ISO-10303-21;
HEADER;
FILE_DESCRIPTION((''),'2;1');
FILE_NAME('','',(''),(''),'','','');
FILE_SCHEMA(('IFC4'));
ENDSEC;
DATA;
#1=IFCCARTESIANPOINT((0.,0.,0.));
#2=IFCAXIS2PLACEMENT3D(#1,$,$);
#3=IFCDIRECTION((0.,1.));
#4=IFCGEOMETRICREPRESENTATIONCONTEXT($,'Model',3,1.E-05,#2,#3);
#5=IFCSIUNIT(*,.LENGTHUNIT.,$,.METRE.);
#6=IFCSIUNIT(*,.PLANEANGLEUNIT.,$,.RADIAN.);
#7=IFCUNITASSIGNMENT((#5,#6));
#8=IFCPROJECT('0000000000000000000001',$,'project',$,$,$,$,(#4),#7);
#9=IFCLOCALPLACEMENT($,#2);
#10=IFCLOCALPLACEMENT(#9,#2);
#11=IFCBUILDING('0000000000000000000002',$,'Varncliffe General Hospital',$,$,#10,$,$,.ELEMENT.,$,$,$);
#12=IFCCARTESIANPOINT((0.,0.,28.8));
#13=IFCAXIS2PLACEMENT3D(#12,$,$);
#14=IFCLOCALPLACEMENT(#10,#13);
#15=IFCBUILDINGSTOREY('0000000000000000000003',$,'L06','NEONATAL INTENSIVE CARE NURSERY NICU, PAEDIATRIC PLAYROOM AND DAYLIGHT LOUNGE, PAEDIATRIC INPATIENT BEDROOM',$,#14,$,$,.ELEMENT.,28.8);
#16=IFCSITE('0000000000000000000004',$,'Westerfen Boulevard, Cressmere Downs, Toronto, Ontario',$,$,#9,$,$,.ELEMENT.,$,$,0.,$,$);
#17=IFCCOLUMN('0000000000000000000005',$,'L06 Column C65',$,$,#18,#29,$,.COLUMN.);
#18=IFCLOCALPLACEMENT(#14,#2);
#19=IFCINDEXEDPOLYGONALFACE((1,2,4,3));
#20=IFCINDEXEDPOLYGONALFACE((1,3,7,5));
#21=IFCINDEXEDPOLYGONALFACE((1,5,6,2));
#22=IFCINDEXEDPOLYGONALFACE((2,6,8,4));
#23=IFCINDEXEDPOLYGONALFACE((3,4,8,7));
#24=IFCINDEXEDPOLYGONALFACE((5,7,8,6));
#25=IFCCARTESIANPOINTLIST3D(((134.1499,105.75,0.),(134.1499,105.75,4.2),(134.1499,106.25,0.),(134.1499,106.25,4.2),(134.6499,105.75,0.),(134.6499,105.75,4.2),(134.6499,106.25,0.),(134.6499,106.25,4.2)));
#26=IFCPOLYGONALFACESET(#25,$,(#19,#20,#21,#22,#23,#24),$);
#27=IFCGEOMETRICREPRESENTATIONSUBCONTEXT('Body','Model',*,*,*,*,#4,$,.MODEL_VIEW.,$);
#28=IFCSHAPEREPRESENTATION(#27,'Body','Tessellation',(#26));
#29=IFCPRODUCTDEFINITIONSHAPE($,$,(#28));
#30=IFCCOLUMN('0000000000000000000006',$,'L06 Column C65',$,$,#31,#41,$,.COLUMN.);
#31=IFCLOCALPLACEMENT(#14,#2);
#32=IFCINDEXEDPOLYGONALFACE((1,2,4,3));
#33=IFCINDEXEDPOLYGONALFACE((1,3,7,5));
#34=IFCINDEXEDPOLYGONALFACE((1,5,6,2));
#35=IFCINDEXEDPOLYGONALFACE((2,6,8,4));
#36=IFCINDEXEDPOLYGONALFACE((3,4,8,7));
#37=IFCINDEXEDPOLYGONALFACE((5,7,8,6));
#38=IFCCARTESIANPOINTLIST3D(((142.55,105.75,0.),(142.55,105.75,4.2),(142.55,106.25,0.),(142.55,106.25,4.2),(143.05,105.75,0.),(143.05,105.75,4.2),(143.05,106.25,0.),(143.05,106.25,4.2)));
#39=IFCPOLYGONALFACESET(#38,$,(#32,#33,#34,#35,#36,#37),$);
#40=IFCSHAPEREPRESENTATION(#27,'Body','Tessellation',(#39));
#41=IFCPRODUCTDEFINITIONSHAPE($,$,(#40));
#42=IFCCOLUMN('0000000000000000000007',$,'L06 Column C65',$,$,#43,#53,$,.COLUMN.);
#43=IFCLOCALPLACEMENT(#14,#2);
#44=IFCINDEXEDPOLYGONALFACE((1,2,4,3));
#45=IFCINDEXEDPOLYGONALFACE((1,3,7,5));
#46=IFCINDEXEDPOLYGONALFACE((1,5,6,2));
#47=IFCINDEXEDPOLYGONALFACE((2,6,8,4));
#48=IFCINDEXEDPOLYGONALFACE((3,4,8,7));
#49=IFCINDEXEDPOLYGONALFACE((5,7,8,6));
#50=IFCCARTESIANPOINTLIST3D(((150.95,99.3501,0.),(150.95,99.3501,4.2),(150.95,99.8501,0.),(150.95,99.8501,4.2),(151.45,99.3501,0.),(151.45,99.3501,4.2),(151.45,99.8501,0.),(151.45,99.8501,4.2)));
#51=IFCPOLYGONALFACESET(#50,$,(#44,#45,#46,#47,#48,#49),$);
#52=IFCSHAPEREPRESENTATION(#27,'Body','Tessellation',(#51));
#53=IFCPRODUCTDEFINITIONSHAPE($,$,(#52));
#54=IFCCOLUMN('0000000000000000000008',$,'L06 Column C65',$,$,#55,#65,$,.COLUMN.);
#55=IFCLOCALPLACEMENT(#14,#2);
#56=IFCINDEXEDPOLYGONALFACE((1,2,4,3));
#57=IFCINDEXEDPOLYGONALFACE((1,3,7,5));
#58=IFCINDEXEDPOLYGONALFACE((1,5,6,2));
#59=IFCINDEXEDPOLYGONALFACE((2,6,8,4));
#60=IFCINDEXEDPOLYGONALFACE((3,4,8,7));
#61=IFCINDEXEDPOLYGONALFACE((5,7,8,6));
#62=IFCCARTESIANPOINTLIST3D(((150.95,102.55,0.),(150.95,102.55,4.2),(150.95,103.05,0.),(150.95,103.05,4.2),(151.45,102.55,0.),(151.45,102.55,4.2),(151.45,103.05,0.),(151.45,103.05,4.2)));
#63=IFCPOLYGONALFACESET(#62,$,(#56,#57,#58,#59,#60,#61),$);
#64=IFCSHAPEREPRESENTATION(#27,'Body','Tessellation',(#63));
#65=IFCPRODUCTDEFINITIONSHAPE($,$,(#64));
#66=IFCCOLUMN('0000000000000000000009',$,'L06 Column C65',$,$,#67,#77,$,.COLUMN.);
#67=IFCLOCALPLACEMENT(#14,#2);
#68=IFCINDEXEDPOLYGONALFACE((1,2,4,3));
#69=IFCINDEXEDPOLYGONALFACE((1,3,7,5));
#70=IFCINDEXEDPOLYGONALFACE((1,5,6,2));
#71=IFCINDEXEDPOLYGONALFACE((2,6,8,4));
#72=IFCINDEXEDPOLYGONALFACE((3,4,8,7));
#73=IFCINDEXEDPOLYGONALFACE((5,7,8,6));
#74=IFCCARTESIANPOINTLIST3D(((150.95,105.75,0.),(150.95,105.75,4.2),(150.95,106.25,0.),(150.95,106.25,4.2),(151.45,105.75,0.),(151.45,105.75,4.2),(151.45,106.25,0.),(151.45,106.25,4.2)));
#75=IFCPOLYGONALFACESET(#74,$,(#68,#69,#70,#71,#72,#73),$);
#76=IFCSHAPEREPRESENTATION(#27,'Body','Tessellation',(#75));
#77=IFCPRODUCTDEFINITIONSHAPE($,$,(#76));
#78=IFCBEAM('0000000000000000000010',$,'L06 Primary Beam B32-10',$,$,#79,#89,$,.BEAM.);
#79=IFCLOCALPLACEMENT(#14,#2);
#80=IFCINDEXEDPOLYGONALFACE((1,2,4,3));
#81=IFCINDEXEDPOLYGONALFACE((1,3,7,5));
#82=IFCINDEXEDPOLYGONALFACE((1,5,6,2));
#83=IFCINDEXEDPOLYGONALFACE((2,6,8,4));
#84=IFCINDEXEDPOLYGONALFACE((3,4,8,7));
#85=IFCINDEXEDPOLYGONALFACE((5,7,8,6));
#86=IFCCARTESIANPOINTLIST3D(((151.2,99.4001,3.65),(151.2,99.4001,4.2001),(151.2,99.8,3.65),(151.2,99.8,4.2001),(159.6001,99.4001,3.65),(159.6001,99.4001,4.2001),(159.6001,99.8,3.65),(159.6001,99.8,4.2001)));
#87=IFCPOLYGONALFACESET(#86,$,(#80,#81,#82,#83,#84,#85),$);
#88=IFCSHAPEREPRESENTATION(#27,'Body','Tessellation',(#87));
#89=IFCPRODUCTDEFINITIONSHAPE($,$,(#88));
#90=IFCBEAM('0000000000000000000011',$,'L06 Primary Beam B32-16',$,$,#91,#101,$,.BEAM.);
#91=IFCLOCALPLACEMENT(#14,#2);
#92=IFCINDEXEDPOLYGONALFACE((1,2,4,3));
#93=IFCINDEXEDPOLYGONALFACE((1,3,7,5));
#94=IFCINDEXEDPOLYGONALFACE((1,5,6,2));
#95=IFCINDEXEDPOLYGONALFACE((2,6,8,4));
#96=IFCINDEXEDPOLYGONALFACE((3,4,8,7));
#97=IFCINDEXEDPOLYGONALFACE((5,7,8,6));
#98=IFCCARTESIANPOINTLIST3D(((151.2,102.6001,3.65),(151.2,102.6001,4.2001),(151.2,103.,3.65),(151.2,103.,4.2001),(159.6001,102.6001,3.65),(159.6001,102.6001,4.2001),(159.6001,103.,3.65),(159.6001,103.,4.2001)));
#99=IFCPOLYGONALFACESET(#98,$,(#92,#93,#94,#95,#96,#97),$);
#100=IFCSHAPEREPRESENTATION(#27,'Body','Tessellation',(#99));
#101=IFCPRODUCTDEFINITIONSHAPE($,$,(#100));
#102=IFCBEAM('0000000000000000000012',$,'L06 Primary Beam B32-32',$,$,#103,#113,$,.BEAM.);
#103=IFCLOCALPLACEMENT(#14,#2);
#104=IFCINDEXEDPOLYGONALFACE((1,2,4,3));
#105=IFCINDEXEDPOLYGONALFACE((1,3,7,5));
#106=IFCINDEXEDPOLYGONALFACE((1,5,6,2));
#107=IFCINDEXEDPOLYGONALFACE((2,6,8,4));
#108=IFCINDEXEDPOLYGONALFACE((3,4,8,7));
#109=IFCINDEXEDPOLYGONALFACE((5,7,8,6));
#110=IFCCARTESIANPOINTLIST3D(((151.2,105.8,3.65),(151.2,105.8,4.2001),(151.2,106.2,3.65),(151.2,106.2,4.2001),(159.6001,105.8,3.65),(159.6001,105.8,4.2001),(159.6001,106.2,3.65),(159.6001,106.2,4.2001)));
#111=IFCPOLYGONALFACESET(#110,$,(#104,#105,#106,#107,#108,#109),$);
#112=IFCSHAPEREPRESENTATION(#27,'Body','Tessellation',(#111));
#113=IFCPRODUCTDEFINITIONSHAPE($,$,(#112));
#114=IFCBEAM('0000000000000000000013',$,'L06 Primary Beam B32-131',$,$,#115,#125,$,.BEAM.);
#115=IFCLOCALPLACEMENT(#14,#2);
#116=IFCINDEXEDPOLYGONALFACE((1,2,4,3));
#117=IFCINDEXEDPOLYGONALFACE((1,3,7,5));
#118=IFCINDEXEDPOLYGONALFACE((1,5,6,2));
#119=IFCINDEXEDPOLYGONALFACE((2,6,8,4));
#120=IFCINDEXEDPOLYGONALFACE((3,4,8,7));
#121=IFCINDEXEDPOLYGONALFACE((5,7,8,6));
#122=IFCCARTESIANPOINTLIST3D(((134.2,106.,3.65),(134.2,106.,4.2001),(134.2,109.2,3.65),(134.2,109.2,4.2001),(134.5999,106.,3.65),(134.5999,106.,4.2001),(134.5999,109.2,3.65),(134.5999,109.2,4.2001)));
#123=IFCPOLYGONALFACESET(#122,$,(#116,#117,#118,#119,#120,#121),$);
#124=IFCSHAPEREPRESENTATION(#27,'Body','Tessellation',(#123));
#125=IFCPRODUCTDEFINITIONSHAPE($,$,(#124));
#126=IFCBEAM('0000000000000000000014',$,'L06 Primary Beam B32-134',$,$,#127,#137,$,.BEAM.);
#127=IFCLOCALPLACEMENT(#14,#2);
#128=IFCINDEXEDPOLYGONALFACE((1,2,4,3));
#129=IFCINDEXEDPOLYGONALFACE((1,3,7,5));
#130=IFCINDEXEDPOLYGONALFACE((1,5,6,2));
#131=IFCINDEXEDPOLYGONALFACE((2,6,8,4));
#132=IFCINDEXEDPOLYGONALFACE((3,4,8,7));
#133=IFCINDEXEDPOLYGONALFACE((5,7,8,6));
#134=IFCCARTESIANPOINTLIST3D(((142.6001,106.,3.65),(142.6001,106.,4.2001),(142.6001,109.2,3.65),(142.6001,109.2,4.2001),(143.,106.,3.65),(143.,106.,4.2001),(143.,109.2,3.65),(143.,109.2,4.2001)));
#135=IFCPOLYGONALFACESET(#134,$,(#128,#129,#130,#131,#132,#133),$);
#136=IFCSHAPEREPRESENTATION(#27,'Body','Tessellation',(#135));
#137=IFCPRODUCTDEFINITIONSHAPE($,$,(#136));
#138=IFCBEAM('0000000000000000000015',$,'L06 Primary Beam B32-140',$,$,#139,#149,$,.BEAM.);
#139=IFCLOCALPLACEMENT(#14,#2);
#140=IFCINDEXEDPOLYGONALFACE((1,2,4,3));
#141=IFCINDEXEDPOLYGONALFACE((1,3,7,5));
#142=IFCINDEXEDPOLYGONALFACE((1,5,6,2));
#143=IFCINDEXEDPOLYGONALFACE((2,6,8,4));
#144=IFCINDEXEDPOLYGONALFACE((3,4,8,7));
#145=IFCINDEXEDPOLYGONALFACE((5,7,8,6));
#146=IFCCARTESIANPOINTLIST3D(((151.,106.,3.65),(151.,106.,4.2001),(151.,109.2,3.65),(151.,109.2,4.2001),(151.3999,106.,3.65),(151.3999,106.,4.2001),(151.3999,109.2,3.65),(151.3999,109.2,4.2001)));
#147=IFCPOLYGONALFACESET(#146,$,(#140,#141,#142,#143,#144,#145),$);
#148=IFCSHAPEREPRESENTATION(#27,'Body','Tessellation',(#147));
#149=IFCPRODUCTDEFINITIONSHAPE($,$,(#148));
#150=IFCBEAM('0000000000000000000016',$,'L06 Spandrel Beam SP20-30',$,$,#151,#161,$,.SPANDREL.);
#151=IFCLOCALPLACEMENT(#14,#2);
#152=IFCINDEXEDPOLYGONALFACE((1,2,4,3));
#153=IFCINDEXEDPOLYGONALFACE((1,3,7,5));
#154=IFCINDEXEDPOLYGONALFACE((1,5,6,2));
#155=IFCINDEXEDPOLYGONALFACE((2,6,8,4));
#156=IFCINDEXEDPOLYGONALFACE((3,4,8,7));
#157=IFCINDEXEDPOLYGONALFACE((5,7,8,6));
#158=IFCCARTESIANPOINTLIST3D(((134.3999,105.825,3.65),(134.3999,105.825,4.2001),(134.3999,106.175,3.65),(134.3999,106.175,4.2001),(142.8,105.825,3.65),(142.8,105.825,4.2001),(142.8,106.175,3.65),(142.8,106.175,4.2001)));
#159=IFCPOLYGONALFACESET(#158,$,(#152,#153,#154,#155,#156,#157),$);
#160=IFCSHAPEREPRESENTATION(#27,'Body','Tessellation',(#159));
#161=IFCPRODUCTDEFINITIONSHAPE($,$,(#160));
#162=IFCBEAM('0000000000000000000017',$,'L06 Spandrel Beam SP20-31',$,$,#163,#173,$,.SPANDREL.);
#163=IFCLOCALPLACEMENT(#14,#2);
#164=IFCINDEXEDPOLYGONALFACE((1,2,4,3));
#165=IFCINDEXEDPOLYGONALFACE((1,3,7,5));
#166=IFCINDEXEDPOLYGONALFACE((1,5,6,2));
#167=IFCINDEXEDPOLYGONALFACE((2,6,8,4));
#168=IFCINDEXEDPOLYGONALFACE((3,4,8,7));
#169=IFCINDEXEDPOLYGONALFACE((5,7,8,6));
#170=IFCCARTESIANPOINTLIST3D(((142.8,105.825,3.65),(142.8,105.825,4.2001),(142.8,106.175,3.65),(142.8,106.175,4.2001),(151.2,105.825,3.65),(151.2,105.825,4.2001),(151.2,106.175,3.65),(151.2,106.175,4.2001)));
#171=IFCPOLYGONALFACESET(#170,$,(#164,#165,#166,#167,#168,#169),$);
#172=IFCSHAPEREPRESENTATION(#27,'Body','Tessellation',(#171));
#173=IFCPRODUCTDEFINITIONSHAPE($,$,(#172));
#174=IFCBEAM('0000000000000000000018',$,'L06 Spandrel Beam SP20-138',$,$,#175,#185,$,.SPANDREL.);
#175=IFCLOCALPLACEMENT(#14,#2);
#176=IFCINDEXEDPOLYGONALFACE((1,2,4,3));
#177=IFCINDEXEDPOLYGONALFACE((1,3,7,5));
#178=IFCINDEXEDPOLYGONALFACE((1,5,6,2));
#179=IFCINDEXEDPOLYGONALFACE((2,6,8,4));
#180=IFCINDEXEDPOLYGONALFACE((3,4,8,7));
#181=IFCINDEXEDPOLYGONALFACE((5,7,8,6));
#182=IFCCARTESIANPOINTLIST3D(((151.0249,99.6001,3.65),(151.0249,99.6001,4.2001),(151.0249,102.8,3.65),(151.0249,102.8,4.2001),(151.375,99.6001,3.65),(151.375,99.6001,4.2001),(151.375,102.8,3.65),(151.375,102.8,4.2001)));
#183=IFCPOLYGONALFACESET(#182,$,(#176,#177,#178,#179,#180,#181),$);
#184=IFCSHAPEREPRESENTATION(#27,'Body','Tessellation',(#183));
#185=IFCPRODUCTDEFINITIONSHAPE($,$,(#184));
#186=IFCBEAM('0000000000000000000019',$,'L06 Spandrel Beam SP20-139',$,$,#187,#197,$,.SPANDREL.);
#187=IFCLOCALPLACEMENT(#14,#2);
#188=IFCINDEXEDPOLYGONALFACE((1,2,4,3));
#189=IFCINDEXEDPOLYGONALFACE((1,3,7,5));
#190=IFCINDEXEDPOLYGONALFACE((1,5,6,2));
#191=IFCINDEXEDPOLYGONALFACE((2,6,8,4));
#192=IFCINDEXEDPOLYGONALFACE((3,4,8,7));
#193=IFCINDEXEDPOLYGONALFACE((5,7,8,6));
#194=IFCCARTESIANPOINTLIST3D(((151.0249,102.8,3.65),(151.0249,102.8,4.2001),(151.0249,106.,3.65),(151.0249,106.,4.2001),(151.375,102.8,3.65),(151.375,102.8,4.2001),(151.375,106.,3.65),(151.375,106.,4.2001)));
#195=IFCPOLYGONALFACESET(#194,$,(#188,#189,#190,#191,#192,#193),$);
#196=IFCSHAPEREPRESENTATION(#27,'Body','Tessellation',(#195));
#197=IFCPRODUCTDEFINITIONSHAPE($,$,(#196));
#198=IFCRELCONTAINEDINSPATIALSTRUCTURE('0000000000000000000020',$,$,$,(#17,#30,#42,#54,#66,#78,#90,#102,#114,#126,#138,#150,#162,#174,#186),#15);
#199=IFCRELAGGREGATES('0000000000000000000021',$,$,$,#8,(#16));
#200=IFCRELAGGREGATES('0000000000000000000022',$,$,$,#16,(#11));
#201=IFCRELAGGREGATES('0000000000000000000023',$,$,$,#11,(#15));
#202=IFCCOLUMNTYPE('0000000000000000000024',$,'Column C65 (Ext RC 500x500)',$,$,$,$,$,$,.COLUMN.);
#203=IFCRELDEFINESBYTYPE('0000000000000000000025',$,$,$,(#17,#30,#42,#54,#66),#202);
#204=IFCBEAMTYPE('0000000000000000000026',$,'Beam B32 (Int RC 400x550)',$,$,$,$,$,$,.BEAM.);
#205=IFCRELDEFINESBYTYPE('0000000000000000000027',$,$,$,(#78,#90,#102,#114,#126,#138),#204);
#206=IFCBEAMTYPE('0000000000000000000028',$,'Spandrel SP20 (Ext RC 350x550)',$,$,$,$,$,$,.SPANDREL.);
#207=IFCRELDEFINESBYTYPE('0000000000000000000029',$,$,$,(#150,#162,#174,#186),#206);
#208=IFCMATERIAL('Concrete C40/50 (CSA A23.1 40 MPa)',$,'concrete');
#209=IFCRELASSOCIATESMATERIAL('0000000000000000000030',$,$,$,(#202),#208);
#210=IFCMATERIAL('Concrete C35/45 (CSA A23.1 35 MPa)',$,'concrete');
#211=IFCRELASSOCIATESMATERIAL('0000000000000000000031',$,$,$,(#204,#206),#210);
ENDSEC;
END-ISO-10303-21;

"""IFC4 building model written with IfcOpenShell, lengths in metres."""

from ifc_helpers import new_model, si_unit, direction, frame, origin, origin_2d, place, context, subcontext, project, spatial, rectangle, extrude, material, material_profile, profile_set, type_object, element, save


model = new_model("IFC4")

# Units and contexts
model_context = context("Model", 3, precision=1e-05, world=origin(), true_north=direction((0.0, 1.0)))
body_context = subcontext(model_context, "Body", "Model", "MODEL_VIEW")
ifc_project = project(units=[si_unit("LENGTHUNIT", "METRE"), si_unit("PLANEANGLEUNIT", "RADIAN")], contexts=[model_context])

# Site, building, storey
site_placement = place(None, origin())
site = spatial("IfcSite", under=ifc_project, at=site_placement, Name="Westerfen Boulevard, Cressmere Downs, Toronto, Ontario", CompositionType="ELEMENT", RefElevation=0.0)
building_placement = place(site_placement, origin())
building = spatial("IfcBuilding", under=site, at=building_placement, Name="Varncliffe General Hospital", CompositionType="ELEMENT")
storey_placement = place(building_placement, frame((0.0, 0.0, 28.8)))
storey = spatial("IfcBuildingStorey", under=building, at=storey_placement, Name="L06", Description="NEONATAL INTENSIVE CARE NURSERY NICU, PAEDIATRIC PLAYROOM AND DAYLIGHT LOUNGE, PAEDIATRIC INPATIENT BEDROOM", CompositionType="ELEMENT", Elevation=28.8)

# Columns
ifc_material_1 = material(Name="Concrete C40/50 (CSA A23.1 40 MPa)", Category="concrete")
ifc_material_profile_1 = material_profile(ifc_material_1, rectangle(XDim=0.5, YDim=0.5, at=origin_2d()), Name="RC 500x500")
ifc_profile_set_1 = profile_set([ifc_material_profile_1], Name="Concrete C40/50 (CSA A23.1 40 MPa)")
column_type = type_object("IfcColumnType", Name="Column C65 (Ext RC 500x500)", PredefinedType="COLUMN", material=ifc_profile_set_1)
for number, where, z_axis, x_axis, name in (
    (1, (134.3999, 106.0, 0.0), (0.0, 0.0, 1.0), (1.0, 0.0, 0.0), "L06 Column C65"),
    (2, (142.8, 106.0, 0.0), (0.0, 0.0, 1.0), (1.0, 0.0, 0.0), "L06 Column C65"),
    (3, (151.2, 99.6001, 0.0), (0.0, 0.0, 1.0), (1.0, 0.0, 0.0), "L06 Column C65"),
    (4, (151.2, 102.8, 0.0), (0.0, 0.0, 1.0), (1.0, 0.0, 0.0), "L06 Column C65"),
    (5, (151.2, 106.0, 0.0), (0.0, 0.0, 1.0), (1.0, 0.0, 0.0), "L06 Column C65"),
):
    element("IfcColumn", number, at=place(storey_placement, frame(where, z_axis=z_axis, x_axis=x_axis)), inside=storey, type_object=column_type, Name=name, PredefinedType="COLUMN", context=body_context, shape_type="SweptSolid", body=[
        extrude(rectangle(XDim=0.5, YDim=0.5, at=origin_2d()), origin(), (0.0, 0.0, 1.0), 4.2),
    ])

# Beams
ifc_material_2 = material(Name="Concrete C35/45 (CSA A23.1 35 MPa)", Category="concrete")
ifc_material_profile_2 = material_profile(ifc_material_2, rectangle(XDim=0.3999, YDim=0.55, at=origin_2d()), Name="RC 400x550")
ifc_profile_set_2 = profile_set([ifc_material_profile_2], Name="Concrete C35/45 (CSA A23.1 35 MPa)")
beam_type_1 = type_object("IfcBeamType", Name="Beam B32 (Int RC 400x550)", PredefinedType="BEAM", material=ifc_profile_set_2)
for number, where, z_axis, x_axis, name in (
    (6, (151.2, 99.6001, 3.925), (1.0, 0.0, 0.0), (0.0, 1.0, 0.0), "L06 Primary Beam B32-10"),
    (7, (151.2, 102.8, 3.925), (1.0, 0.0, 0.0), (0.0, 1.0, 0.0), "L06 Primary Beam B32-16"),
    (8, (151.2, 106.0, 3.925), (1.0, 0.0, 0.0), (0.0, 1.0, 0.0), "L06 Primary Beam B32-32"),
):
    element("IfcBeam", number, at=place(storey_placement, frame(where, z_axis=z_axis, x_axis=x_axis)), inside=storey, type_object=beam_type_1, Name=name, PredefinedType="BEAM", context=body_context, shape_type="SweptSolid", body=[
        extrude(rectangle(XDim=0.3999, YDim=0.55, at=origin_2d()), origin(), (0.0, 0.0, 1.0), 8.4001),
    ])
for number, where, z_axis, x_axis, name in (
    (9, (134.3999, 106.0, 3.925), (0.0, 1.0, 0.0), (-1.0, 0.0, 0.0), "L06 Primary Beam B32-131"),
    (10, (142.8, 106.0, 3.925), (0.0, 1.0, 0.0), (-1.0, 0.0, 0.0), "L06 Primary Beam B32-134"),
    (11, (151.2, 106.0, 3.925), (0.0, 1.0, 0.0), (-1.0, 0.0, 0.0), "L06 Primary Beam B32-140"),
):
    element("IfcBeam", number, at=place(storey_placement, frame(where, z_axis=z_axis, x_axis=x_axis)), inside=storey, type_object=beam_type_1, Name=name, PredefinedType="BEAM", context=body_context, shape_type="SweptSolid", body=[
        extrude(rectangle(XDim=0.3999, YDim=0.55, at=origin_2d()), origin(), (0.0, 0.0, 1.0), 3.2),
    ])
ifc_material_profile_3 = material_profile(ifc_material_2, rectangle(XDim=0.3501, YDim=0.55, at=origin_2d()), Name="RC 350x550")
ifc_profile_set_3 = profile_set([ifc_material_profile_3], Name="Concrete C35/45 (CSA A23.1 35 MPa)")
beam_type_2 = type_object("IfcBeamType", Name="Spandrel SP20 (Ext RC 350x550)", PredefinedType="SPANDREL", material=ifc_profile_set_3)
beam_1_placement = place(storey_placement, frame((134.3999, 106.0, 3.925), z_axis=(1.0, 0.0, 0.0), x_axis=(0.0, 1.0, 0.0)))
element("IfcBeam", 12, at=beam_1_placement, inside=storey, type_object=beam_type_2, Name="L06 Spandrel Beam SP20-30", PredefinedType="SPANDREL", context=body_context, shape_type="SweptSolid", body=[
    extrude(rectangle(XDim=0.3501, YDim=0.55, at=origin_2d()), origin(), (0.0, 0.0, 1.0), 8.4001),
])
beam_2_placement = place(storey_placement, frame((142.8, 106.0, 3.925), z_axis=(1.0, 0.0, 0.0), x_axis=(0.0, 1.0, 0.0)))
element("IfcBeam", 13, at=beam_2_placement, inside=storey, type_object=beam_type_2, Name="L06 Spandrel Beam SP20-31", PredefinedType="SPANDREL", context=body_context, shape_type="SweptSolid", body=[
    extrude(rectangle(XDim=0.3501, YDim=0.55, at=origin_2d()), origin(), (0.0, 0.0, 1.0), 8.3999),
])
for number, where, z_axis, x_axis, name in (
    (14, (151.2, 99.6001, 3.925), (0.0, 1.0, 0.0), (-1.0, 0.0, 0.0), "L06 Spandrel Beam SP20-138"),
    (15, (151.2, 102.8, 3.925), (0.0, 1.0, 0.0), (-1.0, 0.0, 0.0), "L06 Spandrel Beam SP20-139"),
):
    element("IfcBeam", number, at=place(storey_placement, frame(where, z_axis=z_axis, x_axis=x_axis)), inside=storey, type_object=beam_type_2, Name=name, PredefinedType="SPANDREL", context=body_context, shape_type="SweptSolid", body=[
        extrude(rectangle(XDim=0.3501, YDim=0.55, at=origin_2d()), origin(), (0.0, 0.0, 1.0), 3.2),
    ])

save(model, "model.ifc")
